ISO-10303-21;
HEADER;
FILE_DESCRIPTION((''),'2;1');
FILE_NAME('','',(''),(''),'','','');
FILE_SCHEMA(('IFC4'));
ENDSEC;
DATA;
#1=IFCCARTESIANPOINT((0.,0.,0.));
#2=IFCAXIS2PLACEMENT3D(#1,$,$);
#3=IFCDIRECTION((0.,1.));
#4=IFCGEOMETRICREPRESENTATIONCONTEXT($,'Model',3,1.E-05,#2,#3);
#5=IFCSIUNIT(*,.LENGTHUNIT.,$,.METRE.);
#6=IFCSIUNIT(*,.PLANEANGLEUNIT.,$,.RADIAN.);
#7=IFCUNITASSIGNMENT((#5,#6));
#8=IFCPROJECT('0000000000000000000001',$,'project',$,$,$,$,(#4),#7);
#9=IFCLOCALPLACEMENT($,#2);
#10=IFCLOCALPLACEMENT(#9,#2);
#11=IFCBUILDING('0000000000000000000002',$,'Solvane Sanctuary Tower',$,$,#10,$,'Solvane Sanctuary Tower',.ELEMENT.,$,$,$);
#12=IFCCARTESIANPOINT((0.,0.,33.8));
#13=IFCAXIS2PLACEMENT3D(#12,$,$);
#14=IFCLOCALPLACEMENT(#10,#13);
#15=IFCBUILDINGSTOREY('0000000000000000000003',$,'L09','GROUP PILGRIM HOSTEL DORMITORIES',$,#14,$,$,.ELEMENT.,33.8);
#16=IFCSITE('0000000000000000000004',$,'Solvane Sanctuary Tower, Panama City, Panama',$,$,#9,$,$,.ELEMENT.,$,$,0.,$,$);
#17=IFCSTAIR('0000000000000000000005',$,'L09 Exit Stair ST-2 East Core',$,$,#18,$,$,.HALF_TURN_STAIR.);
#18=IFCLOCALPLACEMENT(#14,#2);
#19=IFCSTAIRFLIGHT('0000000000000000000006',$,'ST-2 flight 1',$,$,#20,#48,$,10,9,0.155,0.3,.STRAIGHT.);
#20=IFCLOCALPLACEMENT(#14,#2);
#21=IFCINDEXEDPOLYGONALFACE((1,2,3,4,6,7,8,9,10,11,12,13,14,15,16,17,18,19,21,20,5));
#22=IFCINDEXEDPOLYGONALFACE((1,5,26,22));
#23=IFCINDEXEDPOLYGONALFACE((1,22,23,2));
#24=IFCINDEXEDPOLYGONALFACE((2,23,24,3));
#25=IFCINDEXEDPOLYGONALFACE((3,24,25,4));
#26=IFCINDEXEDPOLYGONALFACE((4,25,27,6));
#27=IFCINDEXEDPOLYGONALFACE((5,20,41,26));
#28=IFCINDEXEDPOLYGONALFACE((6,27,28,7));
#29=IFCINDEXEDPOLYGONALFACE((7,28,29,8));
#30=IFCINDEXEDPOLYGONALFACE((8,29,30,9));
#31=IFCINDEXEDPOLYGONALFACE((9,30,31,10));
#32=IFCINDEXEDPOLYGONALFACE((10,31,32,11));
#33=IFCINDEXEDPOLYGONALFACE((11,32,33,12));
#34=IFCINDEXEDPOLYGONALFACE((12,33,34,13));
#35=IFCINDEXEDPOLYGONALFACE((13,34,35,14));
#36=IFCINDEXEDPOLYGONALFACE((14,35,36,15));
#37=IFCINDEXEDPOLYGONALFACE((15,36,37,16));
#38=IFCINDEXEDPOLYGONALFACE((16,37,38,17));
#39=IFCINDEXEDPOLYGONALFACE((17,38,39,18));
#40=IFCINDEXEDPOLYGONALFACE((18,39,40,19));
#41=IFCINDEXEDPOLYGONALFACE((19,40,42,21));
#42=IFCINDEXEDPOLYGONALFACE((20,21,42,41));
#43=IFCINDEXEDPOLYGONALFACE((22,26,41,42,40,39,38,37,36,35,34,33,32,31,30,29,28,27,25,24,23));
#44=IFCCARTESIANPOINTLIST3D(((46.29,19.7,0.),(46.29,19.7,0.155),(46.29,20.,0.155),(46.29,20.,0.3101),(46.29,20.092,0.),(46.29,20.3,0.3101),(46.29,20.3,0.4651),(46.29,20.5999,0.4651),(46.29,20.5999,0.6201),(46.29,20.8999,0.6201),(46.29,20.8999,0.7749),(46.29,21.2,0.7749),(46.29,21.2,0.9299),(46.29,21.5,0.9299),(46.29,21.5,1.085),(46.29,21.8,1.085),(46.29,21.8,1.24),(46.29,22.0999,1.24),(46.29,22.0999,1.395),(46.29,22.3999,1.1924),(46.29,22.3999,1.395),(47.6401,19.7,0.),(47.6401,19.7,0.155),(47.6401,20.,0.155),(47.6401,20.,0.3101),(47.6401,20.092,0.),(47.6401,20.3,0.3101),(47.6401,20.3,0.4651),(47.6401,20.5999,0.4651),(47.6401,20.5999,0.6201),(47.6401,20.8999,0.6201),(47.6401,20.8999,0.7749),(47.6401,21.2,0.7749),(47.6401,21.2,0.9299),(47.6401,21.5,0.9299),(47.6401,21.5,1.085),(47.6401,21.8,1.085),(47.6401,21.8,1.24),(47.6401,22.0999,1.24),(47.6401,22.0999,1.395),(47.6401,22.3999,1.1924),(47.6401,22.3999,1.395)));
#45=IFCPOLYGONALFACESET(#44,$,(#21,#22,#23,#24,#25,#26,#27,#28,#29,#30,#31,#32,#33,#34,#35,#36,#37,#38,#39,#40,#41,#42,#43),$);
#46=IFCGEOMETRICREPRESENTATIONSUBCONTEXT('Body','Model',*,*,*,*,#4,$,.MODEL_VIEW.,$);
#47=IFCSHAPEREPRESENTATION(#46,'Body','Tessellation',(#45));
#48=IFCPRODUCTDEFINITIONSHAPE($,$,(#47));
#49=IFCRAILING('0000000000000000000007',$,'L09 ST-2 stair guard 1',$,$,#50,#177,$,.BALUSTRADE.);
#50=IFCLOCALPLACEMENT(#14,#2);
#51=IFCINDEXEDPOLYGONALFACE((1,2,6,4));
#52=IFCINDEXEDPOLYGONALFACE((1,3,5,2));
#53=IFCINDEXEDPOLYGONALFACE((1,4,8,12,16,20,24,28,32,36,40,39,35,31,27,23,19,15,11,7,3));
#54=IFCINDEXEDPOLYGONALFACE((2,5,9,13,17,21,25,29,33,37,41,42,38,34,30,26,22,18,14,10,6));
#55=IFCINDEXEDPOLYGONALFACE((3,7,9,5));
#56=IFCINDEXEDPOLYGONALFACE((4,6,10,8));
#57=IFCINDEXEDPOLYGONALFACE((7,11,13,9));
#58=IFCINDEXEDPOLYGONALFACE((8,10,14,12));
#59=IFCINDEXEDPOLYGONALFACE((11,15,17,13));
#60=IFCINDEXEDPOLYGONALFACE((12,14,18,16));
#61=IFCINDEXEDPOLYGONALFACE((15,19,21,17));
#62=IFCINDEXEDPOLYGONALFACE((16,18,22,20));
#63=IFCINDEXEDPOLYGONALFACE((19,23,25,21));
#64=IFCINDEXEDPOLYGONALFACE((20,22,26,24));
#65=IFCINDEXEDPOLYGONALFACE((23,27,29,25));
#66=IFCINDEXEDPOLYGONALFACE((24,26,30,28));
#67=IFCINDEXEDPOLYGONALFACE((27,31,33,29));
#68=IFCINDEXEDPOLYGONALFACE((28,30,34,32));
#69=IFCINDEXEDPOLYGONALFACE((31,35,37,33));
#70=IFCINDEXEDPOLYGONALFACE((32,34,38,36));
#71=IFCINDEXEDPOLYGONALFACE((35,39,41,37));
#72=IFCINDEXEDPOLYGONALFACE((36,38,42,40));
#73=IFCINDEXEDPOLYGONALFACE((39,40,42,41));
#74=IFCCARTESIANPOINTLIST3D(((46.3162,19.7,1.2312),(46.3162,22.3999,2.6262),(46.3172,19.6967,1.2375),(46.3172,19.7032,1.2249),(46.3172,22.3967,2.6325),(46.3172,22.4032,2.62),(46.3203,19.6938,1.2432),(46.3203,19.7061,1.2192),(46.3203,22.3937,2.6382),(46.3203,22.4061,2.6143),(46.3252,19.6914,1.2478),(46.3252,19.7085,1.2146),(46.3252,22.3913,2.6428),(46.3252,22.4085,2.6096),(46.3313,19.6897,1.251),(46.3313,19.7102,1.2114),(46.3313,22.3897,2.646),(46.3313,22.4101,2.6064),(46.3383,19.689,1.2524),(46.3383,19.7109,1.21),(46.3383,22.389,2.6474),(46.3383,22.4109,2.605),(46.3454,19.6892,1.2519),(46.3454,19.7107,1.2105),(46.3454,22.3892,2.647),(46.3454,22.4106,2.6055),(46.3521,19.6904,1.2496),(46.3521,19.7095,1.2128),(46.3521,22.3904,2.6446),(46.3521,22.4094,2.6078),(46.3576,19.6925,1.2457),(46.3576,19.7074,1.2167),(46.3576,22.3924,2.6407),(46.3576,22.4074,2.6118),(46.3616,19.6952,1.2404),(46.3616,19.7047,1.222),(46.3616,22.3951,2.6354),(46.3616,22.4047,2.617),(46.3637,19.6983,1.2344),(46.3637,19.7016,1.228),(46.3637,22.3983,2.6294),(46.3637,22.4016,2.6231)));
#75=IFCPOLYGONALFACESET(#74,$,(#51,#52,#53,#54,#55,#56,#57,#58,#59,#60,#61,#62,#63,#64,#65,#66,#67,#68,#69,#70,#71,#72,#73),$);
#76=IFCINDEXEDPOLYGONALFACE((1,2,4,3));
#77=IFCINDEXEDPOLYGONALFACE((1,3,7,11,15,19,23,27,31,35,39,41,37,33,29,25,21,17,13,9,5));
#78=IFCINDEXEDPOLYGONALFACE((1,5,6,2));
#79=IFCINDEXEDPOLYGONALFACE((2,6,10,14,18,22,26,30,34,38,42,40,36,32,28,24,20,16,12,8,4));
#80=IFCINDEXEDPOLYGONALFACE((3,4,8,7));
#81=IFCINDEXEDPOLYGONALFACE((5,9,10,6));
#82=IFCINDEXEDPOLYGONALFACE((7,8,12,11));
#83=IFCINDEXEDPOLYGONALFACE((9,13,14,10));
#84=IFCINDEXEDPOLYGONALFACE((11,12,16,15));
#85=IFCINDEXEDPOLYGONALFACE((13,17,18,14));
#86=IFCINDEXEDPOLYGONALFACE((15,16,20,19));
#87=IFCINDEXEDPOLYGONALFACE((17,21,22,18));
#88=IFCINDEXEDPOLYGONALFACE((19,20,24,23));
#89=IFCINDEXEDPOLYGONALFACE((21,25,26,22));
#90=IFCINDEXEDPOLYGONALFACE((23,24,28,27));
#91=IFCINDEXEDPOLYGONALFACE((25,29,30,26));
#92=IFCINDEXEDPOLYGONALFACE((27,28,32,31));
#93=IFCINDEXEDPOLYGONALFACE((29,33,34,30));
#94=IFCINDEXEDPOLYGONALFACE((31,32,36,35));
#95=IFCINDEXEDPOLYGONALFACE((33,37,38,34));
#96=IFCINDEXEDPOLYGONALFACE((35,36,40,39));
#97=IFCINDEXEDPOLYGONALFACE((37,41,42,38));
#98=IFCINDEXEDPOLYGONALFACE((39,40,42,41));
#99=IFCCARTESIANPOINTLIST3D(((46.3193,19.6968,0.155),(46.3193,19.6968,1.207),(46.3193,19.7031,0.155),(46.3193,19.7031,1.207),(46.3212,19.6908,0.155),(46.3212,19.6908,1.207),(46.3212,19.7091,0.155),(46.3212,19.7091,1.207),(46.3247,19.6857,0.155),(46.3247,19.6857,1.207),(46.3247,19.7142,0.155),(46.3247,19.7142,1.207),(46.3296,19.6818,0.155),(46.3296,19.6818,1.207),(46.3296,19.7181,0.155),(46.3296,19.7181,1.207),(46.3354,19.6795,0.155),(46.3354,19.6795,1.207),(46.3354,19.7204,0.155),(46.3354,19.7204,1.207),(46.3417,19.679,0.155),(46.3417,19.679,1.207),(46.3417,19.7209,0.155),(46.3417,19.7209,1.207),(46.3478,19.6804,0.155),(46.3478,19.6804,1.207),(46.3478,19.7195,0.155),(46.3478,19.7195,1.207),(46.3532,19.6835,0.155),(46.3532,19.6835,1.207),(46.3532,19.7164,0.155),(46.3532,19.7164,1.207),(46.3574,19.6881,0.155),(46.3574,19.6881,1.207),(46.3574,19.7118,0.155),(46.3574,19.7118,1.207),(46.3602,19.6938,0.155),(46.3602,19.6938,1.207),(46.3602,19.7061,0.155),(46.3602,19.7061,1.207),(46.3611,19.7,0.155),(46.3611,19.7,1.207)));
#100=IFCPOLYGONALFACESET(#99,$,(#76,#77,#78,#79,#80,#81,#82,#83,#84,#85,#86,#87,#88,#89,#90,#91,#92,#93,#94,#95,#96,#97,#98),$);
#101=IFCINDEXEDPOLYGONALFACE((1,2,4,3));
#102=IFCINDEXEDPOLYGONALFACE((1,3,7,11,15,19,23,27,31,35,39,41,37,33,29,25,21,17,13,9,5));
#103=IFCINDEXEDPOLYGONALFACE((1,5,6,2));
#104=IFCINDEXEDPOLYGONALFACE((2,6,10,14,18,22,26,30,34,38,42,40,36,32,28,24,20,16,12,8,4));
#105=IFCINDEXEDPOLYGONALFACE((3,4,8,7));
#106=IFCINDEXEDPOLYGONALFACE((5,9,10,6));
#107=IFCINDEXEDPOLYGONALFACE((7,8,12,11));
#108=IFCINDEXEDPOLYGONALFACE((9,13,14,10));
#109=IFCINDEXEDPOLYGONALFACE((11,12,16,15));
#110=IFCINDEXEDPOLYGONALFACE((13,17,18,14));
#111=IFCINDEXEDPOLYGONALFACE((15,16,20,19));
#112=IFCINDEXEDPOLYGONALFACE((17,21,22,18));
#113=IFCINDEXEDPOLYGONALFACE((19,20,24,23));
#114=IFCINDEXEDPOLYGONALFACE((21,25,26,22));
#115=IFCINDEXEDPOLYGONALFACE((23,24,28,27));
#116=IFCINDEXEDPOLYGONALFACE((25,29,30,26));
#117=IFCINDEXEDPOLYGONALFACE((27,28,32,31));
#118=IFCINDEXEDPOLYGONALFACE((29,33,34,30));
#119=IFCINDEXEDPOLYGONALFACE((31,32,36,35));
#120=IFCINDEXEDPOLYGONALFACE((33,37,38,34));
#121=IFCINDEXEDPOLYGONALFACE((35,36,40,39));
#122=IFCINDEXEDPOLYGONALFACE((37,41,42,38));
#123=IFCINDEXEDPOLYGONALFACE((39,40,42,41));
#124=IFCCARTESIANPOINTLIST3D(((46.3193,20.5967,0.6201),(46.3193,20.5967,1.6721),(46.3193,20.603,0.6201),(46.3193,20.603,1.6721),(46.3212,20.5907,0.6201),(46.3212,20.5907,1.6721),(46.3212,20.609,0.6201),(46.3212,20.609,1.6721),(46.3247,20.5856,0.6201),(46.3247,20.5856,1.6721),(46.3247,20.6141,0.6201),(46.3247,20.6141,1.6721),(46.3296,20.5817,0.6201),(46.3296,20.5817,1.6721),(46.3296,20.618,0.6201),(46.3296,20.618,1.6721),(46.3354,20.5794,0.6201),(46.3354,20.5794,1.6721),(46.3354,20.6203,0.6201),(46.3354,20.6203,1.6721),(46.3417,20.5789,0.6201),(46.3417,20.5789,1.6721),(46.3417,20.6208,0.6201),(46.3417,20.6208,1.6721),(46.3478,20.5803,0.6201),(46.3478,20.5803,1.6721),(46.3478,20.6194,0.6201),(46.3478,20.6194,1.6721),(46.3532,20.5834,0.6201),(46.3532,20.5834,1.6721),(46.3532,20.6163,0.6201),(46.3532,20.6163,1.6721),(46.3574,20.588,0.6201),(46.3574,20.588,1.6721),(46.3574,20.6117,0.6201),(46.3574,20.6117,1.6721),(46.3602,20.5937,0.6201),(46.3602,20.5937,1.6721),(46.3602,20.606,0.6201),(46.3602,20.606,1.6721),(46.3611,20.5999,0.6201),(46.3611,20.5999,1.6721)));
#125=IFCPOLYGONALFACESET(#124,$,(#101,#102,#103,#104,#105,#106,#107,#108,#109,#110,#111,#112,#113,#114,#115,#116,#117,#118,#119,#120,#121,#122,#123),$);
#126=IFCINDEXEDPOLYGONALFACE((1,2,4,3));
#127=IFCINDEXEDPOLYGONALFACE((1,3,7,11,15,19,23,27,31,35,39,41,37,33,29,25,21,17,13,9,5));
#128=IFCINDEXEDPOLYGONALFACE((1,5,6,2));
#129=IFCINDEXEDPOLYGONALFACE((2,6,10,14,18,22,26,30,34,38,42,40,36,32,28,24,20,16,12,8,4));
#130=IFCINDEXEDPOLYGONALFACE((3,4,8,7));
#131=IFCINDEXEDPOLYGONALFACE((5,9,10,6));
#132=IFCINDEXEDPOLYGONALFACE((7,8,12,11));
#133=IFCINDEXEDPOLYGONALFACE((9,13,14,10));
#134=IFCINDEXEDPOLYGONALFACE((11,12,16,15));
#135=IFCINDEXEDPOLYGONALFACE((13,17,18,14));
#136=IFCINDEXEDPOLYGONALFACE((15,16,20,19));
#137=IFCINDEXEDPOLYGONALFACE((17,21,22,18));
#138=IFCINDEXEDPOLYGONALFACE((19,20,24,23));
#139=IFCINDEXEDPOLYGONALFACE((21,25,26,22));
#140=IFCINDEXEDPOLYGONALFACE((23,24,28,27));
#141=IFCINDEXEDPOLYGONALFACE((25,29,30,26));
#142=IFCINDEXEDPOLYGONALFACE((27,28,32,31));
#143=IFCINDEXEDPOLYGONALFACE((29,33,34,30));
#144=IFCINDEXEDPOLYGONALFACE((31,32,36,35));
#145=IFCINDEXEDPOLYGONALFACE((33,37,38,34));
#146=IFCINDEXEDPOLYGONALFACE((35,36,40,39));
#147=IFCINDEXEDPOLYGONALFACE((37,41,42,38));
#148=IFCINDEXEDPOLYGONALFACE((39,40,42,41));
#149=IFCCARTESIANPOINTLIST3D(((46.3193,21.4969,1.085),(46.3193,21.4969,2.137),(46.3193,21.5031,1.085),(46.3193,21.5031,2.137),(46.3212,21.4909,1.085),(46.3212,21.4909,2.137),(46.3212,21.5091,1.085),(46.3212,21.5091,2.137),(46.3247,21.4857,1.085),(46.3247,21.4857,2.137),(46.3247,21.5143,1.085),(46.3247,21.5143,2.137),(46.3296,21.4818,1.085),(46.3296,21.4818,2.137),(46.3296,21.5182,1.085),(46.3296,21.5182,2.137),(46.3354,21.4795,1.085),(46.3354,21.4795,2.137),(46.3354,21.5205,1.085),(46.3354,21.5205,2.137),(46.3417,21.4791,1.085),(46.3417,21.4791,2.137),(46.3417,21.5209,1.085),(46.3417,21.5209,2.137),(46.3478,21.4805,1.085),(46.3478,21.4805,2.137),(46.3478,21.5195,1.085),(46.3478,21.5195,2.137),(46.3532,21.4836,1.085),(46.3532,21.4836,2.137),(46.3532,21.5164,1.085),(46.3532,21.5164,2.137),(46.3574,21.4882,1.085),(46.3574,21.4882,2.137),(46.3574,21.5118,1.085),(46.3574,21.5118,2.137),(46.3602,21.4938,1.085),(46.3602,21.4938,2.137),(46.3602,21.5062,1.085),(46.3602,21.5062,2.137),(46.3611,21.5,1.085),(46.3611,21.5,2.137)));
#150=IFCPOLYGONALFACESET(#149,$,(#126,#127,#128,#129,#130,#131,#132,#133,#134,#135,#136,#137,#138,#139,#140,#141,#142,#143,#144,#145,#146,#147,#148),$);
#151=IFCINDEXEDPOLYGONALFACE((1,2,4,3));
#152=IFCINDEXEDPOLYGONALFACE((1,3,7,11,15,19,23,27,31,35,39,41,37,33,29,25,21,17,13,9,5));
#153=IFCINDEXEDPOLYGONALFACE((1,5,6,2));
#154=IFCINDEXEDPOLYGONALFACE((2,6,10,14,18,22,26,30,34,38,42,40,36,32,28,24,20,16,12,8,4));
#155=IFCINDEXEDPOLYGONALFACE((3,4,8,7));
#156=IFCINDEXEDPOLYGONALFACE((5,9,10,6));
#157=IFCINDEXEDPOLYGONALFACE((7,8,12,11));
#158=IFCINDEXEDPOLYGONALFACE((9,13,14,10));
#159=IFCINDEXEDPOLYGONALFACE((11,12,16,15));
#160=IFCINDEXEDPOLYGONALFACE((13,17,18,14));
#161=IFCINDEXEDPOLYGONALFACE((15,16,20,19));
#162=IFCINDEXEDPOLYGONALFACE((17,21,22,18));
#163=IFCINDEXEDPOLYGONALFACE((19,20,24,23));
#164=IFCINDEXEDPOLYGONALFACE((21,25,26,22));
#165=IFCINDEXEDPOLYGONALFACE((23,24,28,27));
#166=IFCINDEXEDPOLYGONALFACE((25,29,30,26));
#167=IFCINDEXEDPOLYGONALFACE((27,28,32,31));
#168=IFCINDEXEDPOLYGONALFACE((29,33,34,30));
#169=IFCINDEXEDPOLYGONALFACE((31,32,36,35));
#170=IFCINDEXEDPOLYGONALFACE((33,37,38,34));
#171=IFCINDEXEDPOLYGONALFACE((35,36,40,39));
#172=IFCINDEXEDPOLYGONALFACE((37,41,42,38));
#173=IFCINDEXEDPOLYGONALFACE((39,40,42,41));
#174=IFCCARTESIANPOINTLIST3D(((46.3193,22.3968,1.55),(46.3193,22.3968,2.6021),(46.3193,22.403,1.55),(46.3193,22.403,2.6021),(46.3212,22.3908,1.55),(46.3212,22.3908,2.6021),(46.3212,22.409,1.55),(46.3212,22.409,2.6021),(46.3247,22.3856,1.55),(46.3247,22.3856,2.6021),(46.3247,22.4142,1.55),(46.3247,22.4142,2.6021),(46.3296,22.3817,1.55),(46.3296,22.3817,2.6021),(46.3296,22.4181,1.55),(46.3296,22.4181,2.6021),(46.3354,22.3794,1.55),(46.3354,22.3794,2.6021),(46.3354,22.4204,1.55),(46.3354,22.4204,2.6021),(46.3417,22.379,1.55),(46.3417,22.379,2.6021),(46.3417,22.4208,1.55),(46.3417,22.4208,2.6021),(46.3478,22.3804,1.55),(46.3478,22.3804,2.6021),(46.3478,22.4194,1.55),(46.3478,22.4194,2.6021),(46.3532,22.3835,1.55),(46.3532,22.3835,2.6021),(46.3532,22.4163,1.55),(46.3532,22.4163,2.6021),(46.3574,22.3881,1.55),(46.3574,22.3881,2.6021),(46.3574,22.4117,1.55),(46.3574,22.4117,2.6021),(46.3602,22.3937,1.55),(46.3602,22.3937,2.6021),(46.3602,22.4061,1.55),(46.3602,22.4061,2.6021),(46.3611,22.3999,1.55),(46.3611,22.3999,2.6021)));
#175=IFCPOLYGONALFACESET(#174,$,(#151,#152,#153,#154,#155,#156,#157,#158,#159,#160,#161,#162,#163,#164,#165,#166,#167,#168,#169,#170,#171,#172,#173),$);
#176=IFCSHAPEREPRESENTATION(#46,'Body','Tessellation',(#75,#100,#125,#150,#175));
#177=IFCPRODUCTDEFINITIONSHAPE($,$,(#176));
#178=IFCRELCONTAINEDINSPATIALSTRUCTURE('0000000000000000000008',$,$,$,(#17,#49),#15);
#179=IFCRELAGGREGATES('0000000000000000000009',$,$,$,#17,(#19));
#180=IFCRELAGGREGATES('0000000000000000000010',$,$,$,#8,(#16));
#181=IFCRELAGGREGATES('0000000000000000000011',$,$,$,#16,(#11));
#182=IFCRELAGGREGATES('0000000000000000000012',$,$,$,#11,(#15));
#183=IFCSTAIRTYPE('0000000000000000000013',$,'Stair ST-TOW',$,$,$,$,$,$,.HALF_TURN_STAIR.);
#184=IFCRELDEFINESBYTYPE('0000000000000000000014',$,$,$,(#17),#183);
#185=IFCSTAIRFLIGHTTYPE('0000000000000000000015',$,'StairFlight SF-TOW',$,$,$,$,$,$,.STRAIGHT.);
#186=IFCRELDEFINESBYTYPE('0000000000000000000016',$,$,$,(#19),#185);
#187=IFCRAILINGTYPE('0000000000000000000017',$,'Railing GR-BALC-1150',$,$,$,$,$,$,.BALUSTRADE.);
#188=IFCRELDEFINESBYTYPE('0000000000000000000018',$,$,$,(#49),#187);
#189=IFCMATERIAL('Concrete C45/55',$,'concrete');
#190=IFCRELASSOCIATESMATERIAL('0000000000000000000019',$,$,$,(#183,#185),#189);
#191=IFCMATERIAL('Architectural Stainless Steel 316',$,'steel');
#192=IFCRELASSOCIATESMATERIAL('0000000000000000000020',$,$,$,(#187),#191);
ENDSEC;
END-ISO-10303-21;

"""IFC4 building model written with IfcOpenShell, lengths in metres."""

from ifc_helpers import new_model, si_unit, direction, frame, origin, origin_2d, place, context, subcontext, project, spatial, polyline, circle, outline, extrude, material, type_object, element, aggregate, save


model = new_model("IFC4")

# Units and contexts
model_context = context("Model", 3, precision=1e-05, world=origin(), true_north=direction((0.0, 1.0)))
body_context = subcontext(model_context, "Body", "Model", "MODEL_VIEW")
ifc_project = project(units=[si_unit("LENGTHUNIT", "METRE"), si_unit("PLANEANGLEUNIT", "RADIAN")], contexts=[model_context])

# Site, building, storey
site_placement = place(None, origin())
site = spatial("IfcSite", under=ifc_project, at=site_placement, Name="Solvane Sanctuary Tower, Panama City, Panama", CompositionType="ELEMENT", RefElevation=0.0)
building_placement = place(site_placement, origin())
building = spatial("IfcBuilding", under=site, at=building_placement, Name="Solvane Sanctuary Tower", LongName="Solvane Sanctuary Tower", CompositionType="ELEMENT")
storey_placement = place(building_placement, frame((0.0, 0.0, 33.8)))
storey = spatial("IfcBuildingStorey", under=building, at=storey_placement, Name="L09", Description="GROUP PILGRIM HOSTEL DORMITORIES", CompositionType="ELEMENT", Elevation=33.8)

# Shared definitions
ifc_material_1 = material(Name="Architectural Stainless Steel 316", Category="steel")

# Stair, stair flight
ifc_material_2 = material(Name="Concrete C45/55", Category="concrete")
stair_type = type_object("IfcStairType", Name="Stair ST-TOW", PredefinedType="HALF_TURN_STAIR", material=ifc_material_2)
stair_placement = place(storey_placement, origin())
stair = element("IfcStair", 1, at=stair_placement, inside=storey, type_object=stair_type, Name="L09 Exit Stair ST-2 East Core", PredefinedType="HALF_TURN_STAIR")
stair_flight_type = type_object("IfcStairFlightType", Name="StairFlight SF-TOW", PredefinedType="STRAIGHT", material=ifc_material_2)
stair_flight_placement = place(storey_placement, frame((46.9651, 19.7, 0.0), z_axis=(0.0, 0.0, 1.0), x_axis=(0.0, 1.0, 0.0)))
stair_flight = element("IfcStairFlight", 2, at=stair_flight_placement, type_object=stair_flight_type, Name="ST-2 flight 1", NumberOfRisers=10, NumberOfTreads=9, PredefinedType="STRAIGHT", RiserHeight=0.155, TreadLength=0.3, context=body_context, shape_type="SweptSolid", body=[
    extrude(outline(polyline([(0.0, 0.0), (0.0, 0.155), (0.3, 0.155), (0.3, 0.3101), (0.6001, 0.3101), (0.6001, 0.4651), (0.8999, 0.4651), (0.8999, 0.6201), (1.2, 0.6201), (1.2, 0.7749), (1.5, 0.7749), (1.5, 0.9299), (1.8, 0.9299), (1.8, 1.085), (2.1001, 1.085), (2.1001, 1.24), (2.3999, 1.24), (2.3999, 1.395), (2.7, 1.395), (2.7, 1.55), (2.7, 1.1924), (0.3921, 0.0), (0.0, 0.0)])), frame((0.0, 0.675, 0.0), z_axis=(0.0, -1.0, 0.0), x_axis=(1.0, 0.0, 0.0)), (0.0, 0.0, 1.0), 1.3501),
])
aggregate(stair, [stair_flight])

# Railing
railing_type_1 = type_object("IfcRailingType", Name="Railing GR-BALC-1150", PredefinedType="BALUSTRADE", material=ifc_material_1)
railing_1_placement = place(storey_placement, frame((46.3401, 19.7, 0.155)))
element("IfcRailing", 3, at=railing_1_placement, inside=storey, type_object=railing_type_1, Name="L09 ST-2 stair guard 1", PredefinedType="BALUSTRADE", context=body_context, shape_type="SweptSolid", body=[
    extrude(circle(Radius=0.0239, at=origin_2d()), frame((0.0, 0.0, 1.0762), z_axis=(0.0, 0.88842, 0.459032), x_axis=(-1.0, 0.0, 0.0)), (0.0, 0.0, 1.0), 3.0391),
    extrude(circle(Radius=0.021, at=origin_2d()), origin(), (0.0, 0.0, 1.0), 1.052),
    extrude(circle(Radius=0.021, at=origin_2d()), frame((0.0, 0.8999, 0.4651)), (0.0, 0.0, 1.0), 1.052),
    extrude(circle(Radius=0.021, at=origin_2d()), frame((0.0, 1.8, 0.9299)), (0.0, 0.0, 1.0), 1.052),
    extrude(circle(Radius=0.021, at=origin_2d()), frame((0.0, 2.7, 1.395)), (0.0, 0.0, 1.0), 1.052),
])

save(model, "model.ifc")
